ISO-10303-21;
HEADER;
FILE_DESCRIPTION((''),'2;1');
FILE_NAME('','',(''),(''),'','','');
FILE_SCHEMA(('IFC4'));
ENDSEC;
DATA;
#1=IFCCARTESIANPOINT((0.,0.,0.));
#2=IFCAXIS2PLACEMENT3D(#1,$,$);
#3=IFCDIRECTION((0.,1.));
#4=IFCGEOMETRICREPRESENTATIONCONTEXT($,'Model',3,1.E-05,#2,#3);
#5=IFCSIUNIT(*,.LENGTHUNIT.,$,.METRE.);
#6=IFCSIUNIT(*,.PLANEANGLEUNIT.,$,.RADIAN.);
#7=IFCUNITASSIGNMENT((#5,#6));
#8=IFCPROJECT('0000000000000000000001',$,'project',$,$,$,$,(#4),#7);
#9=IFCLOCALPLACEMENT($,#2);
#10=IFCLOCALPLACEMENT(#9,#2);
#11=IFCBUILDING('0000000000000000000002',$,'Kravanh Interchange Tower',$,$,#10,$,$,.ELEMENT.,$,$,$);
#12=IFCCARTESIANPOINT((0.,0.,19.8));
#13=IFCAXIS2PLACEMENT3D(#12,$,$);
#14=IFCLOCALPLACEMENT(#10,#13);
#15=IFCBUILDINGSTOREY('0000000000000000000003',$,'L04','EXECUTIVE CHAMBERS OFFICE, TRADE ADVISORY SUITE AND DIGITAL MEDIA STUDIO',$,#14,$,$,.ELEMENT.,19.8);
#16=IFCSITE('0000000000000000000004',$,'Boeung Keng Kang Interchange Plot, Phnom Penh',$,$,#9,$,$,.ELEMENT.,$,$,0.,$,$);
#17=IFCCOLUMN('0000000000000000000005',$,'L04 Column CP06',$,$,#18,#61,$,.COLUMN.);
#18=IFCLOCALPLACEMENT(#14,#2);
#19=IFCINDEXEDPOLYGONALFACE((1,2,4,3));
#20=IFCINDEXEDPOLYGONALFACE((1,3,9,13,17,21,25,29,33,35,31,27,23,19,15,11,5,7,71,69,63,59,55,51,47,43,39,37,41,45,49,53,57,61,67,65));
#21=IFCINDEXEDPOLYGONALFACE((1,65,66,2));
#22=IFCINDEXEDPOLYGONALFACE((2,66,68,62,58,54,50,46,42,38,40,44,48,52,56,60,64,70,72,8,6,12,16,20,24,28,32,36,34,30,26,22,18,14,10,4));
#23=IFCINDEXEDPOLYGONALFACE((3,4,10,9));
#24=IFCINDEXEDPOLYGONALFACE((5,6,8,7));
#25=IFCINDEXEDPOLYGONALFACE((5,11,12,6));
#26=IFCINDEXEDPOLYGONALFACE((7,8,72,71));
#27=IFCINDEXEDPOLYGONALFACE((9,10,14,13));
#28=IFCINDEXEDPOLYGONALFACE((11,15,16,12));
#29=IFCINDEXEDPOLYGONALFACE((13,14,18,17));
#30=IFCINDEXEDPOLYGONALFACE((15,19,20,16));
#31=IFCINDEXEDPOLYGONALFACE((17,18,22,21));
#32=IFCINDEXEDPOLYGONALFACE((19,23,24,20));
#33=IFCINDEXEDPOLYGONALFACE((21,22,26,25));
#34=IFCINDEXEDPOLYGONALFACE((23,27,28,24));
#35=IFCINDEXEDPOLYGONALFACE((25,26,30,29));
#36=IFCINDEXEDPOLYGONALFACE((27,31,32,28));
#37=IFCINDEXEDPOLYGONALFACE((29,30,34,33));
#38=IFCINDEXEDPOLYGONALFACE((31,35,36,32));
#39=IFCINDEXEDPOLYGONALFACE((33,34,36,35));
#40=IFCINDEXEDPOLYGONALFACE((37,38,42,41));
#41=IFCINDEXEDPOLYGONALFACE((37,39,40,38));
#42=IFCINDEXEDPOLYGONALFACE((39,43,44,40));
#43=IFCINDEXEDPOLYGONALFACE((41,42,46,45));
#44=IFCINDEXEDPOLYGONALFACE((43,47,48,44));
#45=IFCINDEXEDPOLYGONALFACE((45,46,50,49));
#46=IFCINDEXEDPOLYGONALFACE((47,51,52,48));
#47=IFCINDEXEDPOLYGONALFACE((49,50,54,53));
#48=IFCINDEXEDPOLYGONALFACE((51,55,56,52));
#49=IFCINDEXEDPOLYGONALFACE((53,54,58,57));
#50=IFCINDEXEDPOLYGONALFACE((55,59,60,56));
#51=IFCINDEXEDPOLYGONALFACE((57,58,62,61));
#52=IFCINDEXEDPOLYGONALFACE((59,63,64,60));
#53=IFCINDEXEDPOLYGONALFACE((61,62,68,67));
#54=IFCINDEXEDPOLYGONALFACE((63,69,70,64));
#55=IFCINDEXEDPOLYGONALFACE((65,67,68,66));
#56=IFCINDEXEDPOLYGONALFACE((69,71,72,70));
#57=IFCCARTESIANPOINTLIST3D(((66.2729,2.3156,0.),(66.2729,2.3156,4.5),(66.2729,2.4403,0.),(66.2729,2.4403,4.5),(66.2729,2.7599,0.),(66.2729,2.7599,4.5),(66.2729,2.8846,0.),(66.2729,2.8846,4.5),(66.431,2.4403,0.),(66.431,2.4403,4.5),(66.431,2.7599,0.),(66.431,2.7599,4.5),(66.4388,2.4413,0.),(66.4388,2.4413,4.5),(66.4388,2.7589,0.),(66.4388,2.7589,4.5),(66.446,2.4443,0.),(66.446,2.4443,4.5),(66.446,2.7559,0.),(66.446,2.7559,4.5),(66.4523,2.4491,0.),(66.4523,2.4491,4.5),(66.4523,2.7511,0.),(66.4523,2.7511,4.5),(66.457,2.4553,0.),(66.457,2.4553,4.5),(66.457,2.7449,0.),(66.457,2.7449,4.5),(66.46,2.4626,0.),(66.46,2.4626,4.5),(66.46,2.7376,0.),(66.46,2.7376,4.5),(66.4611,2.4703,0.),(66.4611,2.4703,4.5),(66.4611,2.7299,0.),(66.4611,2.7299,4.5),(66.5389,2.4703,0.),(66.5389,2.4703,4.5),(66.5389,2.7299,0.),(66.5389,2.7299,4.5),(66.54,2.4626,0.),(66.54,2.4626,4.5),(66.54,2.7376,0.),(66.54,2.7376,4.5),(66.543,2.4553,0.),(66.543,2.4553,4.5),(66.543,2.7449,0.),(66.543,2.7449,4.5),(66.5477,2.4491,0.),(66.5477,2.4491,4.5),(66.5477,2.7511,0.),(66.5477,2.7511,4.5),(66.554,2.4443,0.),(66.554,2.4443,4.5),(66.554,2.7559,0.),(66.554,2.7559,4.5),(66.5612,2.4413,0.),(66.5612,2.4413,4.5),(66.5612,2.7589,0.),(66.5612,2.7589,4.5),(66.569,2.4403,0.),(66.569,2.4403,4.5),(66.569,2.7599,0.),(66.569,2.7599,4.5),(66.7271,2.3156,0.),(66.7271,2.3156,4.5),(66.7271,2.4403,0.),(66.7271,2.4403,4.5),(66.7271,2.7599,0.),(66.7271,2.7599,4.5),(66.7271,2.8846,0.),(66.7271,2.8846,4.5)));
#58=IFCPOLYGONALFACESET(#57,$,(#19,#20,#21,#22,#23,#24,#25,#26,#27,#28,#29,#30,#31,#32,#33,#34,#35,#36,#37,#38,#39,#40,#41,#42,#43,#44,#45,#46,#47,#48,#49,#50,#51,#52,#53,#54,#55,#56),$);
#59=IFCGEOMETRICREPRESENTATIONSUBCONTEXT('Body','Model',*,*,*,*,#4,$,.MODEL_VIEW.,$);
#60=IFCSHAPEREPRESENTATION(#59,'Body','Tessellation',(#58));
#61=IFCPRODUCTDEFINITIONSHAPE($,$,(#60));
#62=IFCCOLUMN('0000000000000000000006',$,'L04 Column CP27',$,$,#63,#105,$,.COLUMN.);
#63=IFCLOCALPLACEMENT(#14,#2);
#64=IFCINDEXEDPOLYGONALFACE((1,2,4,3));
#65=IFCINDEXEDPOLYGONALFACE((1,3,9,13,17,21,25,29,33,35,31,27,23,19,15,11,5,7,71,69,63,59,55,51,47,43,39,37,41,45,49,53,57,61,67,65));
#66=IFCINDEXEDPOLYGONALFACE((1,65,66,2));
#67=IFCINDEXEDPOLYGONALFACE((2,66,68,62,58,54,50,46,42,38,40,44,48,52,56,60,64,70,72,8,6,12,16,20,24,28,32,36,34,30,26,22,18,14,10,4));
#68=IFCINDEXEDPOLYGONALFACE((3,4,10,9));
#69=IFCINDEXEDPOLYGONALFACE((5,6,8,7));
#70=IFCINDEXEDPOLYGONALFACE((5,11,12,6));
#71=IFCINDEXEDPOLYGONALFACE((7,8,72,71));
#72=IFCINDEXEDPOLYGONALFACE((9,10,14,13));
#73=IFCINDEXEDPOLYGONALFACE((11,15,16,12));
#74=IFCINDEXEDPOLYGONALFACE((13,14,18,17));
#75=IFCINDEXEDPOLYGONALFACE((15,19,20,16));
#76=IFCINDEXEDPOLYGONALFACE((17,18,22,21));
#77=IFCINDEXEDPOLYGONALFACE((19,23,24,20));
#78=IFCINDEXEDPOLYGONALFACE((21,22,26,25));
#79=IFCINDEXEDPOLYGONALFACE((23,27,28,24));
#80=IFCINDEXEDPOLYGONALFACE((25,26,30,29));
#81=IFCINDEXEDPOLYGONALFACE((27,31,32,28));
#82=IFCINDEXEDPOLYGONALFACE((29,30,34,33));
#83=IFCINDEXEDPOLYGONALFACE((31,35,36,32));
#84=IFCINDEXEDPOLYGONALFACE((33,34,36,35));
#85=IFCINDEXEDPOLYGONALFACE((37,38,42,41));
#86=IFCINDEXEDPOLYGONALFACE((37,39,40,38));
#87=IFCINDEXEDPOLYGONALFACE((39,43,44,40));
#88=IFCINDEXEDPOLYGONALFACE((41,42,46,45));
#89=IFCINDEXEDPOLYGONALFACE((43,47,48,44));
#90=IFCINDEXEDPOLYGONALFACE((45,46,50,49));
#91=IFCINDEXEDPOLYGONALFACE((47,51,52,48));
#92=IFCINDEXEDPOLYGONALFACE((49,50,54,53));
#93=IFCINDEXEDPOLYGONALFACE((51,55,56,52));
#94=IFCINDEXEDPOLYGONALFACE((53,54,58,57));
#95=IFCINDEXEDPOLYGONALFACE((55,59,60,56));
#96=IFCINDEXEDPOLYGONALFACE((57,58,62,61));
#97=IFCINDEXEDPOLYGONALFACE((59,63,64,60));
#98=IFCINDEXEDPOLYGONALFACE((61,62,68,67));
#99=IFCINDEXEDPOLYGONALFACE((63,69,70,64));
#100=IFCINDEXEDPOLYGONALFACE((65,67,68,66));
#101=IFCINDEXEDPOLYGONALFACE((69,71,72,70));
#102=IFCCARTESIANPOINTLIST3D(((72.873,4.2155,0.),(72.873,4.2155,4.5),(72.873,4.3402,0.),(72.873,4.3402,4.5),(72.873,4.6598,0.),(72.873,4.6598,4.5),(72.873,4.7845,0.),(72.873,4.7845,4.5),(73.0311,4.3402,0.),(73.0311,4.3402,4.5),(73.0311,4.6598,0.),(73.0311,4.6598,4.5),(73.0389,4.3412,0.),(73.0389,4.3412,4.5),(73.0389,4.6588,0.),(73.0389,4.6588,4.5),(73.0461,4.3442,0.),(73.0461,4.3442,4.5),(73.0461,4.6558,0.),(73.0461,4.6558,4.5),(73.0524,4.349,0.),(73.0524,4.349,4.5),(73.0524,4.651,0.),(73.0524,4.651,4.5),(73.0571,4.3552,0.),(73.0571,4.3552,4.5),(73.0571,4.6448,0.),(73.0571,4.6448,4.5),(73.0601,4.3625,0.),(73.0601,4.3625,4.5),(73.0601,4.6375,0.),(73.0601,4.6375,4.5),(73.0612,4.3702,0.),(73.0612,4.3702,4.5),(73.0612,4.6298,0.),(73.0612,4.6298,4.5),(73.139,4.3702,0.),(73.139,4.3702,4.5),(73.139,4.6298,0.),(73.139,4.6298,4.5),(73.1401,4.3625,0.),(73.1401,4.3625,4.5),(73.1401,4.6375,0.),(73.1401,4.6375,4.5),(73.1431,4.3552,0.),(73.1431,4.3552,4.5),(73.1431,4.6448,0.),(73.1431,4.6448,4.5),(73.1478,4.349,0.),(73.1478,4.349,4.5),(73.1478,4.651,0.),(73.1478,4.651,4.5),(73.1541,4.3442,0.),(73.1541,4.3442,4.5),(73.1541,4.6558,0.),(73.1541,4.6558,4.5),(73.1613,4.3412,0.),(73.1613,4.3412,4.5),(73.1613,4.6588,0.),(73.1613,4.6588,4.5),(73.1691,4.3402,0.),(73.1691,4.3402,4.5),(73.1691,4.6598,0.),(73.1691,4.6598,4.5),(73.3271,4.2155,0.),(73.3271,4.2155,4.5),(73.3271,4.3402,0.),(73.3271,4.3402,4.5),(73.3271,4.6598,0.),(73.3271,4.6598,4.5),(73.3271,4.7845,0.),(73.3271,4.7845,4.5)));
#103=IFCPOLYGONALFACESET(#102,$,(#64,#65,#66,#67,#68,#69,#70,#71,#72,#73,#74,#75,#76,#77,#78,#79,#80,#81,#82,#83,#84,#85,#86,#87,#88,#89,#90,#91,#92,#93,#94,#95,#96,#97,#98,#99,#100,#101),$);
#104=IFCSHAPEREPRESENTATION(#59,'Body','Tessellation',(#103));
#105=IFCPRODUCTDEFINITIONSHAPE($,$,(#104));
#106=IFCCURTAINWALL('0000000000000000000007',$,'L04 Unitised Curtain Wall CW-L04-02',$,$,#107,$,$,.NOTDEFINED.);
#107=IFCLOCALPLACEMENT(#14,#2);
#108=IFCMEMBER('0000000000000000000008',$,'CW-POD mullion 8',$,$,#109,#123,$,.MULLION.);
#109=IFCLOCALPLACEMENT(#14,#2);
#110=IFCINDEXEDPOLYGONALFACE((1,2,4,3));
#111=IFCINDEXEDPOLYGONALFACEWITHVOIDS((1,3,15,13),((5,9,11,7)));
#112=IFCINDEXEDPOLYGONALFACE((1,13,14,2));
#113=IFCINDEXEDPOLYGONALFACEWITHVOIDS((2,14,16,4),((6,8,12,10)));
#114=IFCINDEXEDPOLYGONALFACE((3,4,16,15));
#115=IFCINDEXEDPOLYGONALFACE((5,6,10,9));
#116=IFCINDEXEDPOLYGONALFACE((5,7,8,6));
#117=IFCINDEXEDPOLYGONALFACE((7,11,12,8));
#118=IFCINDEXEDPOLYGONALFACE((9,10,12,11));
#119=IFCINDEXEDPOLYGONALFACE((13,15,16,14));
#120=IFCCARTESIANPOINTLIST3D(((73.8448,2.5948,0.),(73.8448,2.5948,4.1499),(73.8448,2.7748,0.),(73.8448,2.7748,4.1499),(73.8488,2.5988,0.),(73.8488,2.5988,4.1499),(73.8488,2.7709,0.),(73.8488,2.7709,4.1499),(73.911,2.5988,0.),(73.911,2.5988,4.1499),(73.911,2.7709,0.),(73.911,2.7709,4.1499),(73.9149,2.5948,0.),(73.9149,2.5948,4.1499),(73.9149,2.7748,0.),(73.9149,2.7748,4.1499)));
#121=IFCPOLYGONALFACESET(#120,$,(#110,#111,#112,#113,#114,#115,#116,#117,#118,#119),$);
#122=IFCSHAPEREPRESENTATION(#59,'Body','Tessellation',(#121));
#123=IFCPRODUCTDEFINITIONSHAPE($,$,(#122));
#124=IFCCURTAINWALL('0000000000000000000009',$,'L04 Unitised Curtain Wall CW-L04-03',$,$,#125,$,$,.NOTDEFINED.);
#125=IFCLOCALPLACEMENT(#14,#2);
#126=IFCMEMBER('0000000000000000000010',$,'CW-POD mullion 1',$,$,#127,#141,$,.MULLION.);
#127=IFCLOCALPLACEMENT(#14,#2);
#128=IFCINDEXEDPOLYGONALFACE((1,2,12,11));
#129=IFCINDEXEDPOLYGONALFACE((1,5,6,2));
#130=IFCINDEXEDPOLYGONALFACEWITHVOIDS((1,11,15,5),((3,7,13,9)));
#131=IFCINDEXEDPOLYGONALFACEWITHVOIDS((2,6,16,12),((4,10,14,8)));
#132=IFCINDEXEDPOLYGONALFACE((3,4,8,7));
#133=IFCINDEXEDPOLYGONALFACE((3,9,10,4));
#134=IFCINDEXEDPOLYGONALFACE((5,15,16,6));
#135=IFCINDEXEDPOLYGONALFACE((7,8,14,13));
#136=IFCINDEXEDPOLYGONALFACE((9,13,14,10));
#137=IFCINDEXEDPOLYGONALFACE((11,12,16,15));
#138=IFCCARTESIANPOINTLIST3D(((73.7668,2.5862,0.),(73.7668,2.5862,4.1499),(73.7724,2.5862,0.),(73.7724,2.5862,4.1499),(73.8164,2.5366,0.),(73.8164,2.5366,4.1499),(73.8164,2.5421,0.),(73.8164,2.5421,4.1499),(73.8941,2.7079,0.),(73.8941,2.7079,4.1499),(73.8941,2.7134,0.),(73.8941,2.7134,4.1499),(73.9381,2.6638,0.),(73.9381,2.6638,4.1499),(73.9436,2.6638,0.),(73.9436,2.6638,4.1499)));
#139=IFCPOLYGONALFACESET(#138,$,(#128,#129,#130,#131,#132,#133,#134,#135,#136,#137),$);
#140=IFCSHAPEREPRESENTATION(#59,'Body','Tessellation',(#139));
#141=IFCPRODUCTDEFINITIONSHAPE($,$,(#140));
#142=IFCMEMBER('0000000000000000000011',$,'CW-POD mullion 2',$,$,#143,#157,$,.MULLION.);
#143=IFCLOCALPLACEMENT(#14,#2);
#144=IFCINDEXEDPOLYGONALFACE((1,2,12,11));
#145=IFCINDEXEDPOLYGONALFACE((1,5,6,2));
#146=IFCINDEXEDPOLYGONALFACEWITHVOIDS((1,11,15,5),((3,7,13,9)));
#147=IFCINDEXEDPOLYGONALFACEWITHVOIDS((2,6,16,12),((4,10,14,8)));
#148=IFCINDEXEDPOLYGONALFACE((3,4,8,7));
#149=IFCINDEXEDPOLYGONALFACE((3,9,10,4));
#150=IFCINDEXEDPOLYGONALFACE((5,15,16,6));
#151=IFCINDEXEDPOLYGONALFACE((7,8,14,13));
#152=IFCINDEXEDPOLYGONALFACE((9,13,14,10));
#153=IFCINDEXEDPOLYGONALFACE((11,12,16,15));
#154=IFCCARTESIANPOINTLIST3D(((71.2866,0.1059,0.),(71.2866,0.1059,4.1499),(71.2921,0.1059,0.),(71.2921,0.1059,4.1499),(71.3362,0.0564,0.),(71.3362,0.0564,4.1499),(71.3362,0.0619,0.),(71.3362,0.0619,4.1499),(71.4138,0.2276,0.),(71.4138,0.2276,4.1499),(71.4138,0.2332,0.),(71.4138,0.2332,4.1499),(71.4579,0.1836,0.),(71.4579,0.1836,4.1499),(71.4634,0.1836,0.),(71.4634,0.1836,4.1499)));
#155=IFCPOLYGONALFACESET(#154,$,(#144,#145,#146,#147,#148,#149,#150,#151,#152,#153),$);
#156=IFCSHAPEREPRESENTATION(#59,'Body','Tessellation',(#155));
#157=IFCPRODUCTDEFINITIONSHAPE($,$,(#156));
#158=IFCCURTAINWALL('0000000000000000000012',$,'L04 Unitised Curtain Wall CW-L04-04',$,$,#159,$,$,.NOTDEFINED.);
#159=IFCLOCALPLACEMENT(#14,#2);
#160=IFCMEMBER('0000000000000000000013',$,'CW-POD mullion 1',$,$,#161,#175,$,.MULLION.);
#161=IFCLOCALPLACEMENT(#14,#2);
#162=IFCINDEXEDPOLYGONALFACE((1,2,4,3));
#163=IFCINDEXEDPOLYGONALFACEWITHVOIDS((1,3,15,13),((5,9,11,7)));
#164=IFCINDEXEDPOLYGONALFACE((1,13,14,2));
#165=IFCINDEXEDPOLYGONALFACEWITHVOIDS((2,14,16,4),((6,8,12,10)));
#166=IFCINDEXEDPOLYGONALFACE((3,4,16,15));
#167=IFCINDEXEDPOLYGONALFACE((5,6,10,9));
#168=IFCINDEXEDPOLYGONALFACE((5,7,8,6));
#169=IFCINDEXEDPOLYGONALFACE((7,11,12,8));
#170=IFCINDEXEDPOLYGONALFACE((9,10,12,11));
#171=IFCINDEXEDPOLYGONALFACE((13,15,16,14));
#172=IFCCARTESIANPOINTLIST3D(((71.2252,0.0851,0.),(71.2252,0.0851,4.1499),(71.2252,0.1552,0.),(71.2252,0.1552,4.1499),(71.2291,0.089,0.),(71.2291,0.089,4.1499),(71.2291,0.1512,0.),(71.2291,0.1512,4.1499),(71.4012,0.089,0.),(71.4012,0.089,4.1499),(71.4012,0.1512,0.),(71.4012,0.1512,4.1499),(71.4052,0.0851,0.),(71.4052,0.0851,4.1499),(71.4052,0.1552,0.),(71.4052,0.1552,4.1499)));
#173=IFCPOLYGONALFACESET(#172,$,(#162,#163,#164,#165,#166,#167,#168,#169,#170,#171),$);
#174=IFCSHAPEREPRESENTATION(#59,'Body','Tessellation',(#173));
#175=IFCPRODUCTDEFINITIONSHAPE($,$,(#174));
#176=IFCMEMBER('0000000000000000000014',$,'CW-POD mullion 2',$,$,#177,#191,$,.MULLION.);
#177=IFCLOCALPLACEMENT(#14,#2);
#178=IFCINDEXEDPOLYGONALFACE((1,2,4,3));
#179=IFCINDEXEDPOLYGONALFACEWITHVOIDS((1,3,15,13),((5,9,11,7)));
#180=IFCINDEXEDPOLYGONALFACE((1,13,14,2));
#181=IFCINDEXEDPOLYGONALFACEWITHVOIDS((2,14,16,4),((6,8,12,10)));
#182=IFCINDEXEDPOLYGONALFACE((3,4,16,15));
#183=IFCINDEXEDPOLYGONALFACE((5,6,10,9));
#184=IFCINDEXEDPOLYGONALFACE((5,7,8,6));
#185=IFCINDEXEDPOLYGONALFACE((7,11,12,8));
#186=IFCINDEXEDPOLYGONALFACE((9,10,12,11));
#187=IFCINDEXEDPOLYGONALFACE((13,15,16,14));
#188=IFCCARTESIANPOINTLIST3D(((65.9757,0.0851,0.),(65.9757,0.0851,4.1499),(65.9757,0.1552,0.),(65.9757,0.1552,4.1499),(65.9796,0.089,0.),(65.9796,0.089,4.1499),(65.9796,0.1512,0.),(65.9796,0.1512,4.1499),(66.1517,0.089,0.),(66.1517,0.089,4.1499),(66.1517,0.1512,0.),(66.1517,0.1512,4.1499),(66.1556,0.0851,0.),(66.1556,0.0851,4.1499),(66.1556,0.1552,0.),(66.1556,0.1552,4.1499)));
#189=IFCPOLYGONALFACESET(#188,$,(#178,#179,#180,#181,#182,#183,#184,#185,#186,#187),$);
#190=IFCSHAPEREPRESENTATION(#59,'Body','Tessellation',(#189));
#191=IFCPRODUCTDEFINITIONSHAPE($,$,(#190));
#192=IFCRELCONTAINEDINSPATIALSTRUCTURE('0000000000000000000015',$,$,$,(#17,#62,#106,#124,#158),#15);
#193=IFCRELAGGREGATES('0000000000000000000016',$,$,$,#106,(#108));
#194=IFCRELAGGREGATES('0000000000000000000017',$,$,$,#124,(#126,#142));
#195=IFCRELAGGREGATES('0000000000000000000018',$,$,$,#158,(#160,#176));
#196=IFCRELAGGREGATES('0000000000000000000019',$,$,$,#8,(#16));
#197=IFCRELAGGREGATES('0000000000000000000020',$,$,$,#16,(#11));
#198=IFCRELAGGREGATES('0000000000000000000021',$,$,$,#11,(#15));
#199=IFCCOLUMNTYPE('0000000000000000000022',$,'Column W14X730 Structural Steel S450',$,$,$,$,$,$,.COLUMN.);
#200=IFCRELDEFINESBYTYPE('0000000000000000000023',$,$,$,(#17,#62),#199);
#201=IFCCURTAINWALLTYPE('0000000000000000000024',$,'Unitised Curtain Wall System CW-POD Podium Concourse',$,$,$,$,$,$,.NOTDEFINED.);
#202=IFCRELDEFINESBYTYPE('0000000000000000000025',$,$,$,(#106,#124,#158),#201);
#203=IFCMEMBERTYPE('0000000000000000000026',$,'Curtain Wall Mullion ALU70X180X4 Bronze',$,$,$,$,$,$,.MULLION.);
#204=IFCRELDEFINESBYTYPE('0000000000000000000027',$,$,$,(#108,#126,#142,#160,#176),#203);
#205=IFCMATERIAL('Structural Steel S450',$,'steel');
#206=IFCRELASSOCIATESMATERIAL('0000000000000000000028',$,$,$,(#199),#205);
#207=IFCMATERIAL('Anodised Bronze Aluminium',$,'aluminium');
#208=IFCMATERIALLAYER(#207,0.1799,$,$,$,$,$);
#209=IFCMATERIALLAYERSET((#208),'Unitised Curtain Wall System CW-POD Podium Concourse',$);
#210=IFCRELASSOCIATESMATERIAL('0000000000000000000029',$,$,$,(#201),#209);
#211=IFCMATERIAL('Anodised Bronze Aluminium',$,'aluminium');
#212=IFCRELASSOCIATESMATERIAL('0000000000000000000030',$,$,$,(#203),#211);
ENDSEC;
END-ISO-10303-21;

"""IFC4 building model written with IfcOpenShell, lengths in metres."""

from ifc_helpers import new_model, si_unit, direction, frame, origin, origin_2d, place, context, subcontext, project, spatial, hollow_rectangle, i_section, extrude, material, layer, layer_set, material_profile, profile_set, type_object, element, aggregate, save


model = new_model("IFC4")

# Units and contexts
model_context = context("Model", 3, precision=1e-05, world=origin(), true_north=direction((0.0, 1.0)))
body_context = subcontext(model_context, "Body", "Model", "MODEL_VIEW")
ifc_project = project(units=[si_unit("LENGTHUNIT", "METRE"), si_unit("PLANEANGLEUNIT", "RADIAN")], contexts=[model_context])

# Site, building, storey
site_placement = place(None, origin())
site = spatial("IfcSite", under=ifc_project, at=site_placement, Name="Boeung Keng Kang Interchange Plot, Phnom Penh", CompositionType="ELEMENT", RefElevation=0.0)
building_placement = place(site_placement, origin())
building = spatial("IfcBuilding", under=site, at=building_placement, Name="Kravanh Interchange Tower", CompositionType="ELEMENT")
storey_placement = place(building_placement, frame((0.0, 0.0, 19.8)))
storey = spatial("IfcBuildingStorey", under=building, at=storey_placement, Name="L04", Description="EXECUTIVE CHAMBERS OFFICE, TRADE ADVISORY SUITE AND DIGITAL MEDIA STUDIO", CompositionType="ELEMENT", Elevation=19.8)

# Columns
ifc_material_1 = material(Name="Structural Steel S450", Category="steel")
ifc_material_profile_1 = material_profile(ifc_material_1, i_section(OverallWidth=0.4541, OverallDepth=0.5691, WebThickness=0.0779, FlangeThickness=0.1248, FilletRadius=0.03, at=origin_2d()), Name="W14X730")
ifc_profile_set_1 = profile_set([ifc_material_profile_1], Name="Structural Steel S450")
column_type = type_object("IfcColumnType", Name="Column W14X730 Structural Steel S450", PredefinedType="COLUMN", material=ifc_profile_set_1)
for number, where, z_axis, x_axis, name in (
    (1, (66.5, 2.6001, 0.0), (0.0, 0.0, 1.0), (1.0, 0.0, 0.0), "L04 Column CP06"),
    (2, (73.1001, 4.5, 0.0), (0.0, 0.0, 1.0), (1.0, 0.0, 0.0), "L04 Column CP27"),
):
    element("IfcColumn", number, at=place(storey_placement, frame(where, z_axis=z_axis, x_axis=x_axis)), inside=storey, type_object=column_type, Name=name, PredefinedType="COLUMN", context=body_context, shape_type="SweptSolid", body=[
        extrude(i_section(OverallWidth=0.4541, OverallDepth=0.5691, WebThickness=0.0779, FlangeThickness=0.1248, FilletRadius=0.03, at=origin_2d()), origin(), (0.0, 0.0, 1.0), 4.5),
    ])

# Curtain wall, member
ifc_material_2 = material(Name="Anodised Bronze Aluminium", Category="aluminium")
ifc_layer_1 = layer(ifc_material_2, 0.1799)
ifc_layer_set_1 = layer_set([ifc_layer_1], Name="Unitised Curtain Wall System CW-POD Podium Concourse")
curtain_wall_type = type_object("IfcCurtainWallType", Name="Unitised Curtain Wall System CW-POD Podium Concourse", PredefinedType="NOTDEFINED", material=ifc_layer_set_1)
curtain_wall_1_placement = place(storey_placement, origin())
curtain_wall_1 = element("IfcCurtainWall", 3, at=curtain_wall_1_placement, inside=storey, type_object=curtain_wall_type, Name="L04 Unitised Curtain Wall CW-L04-02", PredefinedType="NOTDEFINED")
ifc_material_3 = material(Name="Anodised Bronze Aluminium", Category="aluminium")
ifc_material_profile_2 = material_profile(ifc_material_3, hollow_rectangle(XDim=0.0701, YDim=0.1799, WallThickness=0.0039, at=origin_2d()), Name="ALU70X180X4")
ifc_profile_set_2 = profile_set([ifc_material_profile_2], Name="Anodised Bronze Aluminium")
member_type_1 = type_object("IfcMemberType", Name="Curtain Wall Mullion ALU70X180X4 Bronze", PredefinedType="MULLION", material=ifc_profile_set_2)
member_1_placement = place(storey_placement, frame((73.8799, 2.6848, 0.0), z_axis=(0.0, 0.0, 1.0), x_axis=(1.0, 0.0, 0.0)))
member_1 = element("IfcMember", 4, at=member_1_placement, type_object=member_type_1, Name="CW-POD mullion 8", PredefinedType="MULLION", context=body_context, shape_type="SweptSolid", body=[
    extrude(hollow_rectangle(XDim=0.0701, YDim=0.1799, WallThickness=0.0039, at=origin_2d()), origin(), (0.0, 0.0, 1.0), 4.1499),
])

# Curtain walls, members
curtain_wall_2_placement = place(storey_placement, origin())
curtain_wall_2 = element("IfcCurtainWall", 5, at=curtain_wall_2_placement, inside=storey, type_object=curtain_wall_type, Name="L04 Unitised Curtain Wall CW-L04-03", PredefinedType="NOTDEFINED")
member_2_placement = place(storey_placement, frame((73.8552, 2.625, 0.0), z_axis=(0.0, 0.0, 1.0), x_axis=(0.707107, -0.707107, 0.0)))
member_2 = element("IfcMember", 6, at=member_2_placement, type_object=member_type_1, Name="CW-POD mullion 1", PredefinedType="MULLION", context=body_context, shape_type="SweptSolid", body=[
    extrude(hollow_rectangle(XDim=0.0701, YDim=0.1799, WallThickness=0.0039, at=origin_2d()), origin(), (0.0, 0.0, 1.0), 4.1499),
])
member_3_placement = place(storey_placement, frame((71.375, 0.1448, 0.0), z_axis=(0.0, 0.0, 1.0), x_axis=(0.707107, -0.707107, 0.0)))
member_3 = element("IfcMember", 7, at=member_3_placement, type_object=member_type_1, Name="CW-POD mullion 2", PredefinedType="MULLION", context=body_context, shape_type="SweptSolid", body=[
    extrude(hollow_rectangle(XDim=0.0701, YDim=0.1799, WallThickness=0.0039, at=origin_2d()), origin(), (0.0, 0.0, 1.0), 4.1499),
])
curtain_wall_3_placement = place(storey_placement, origin())
curtain_wall_3 = element("IfcCurtainWall", 8, at=curtain_wall_3_placement, inside=storey, type_object=curtain_wall_type, Name="L04 Unitised Curtain Wall CW-L04-04", PredefinedType="NOTDEFINED")
member_4_placement = place(storey_placement, frame((71.3152, 0.1201, 0.0), z_axis=(0.0, 0.0, 1.0), x_axis=(0.0, -1.0, 0.0)))
member_4 = element("IfcMember", 9, at=member_4_placement, type_object=member_type_1, Name="CW-POD mullion 1", PredefinedType="MULLION", context=body_context, shape_type="SweptSolid", body=[
    extrude(hollow_rectangle(XDim=0.0701, YDim=0.1799, WallThickness=0.0039, at=origin_2d()), origin(), (0.0, 0.0, 1.0), 4.1499),
])
member_5_placement = place(storey_placement, frame((66.0657, 0.1201, 0.0), z_axis=(0.0, 0.0, 1.0), x_axis=(0.0, -1.0, 0.0)))
member_5 = element("IfcMember", 10, at=member_5_placement, type_object=member_type_1, Name="CW-POD mullion 2", PredefinedType="MULLION", context=body_context, shape_type="SweptSolid", body=[
    extrude(hollow_rectangle(XDim=0.0701, YDim=0.1799, WallThickness=0.0039, at=origin_2d()), origin(), (0.0, 0.0, 1.0), 4.1499),
])

aggregate(curtain_wall_1, [member_1])
aggregate(curtain_wall_2, [member_2, member_3])
aggregate(curtain_wall_3, [member_4, member_5])

save(model, "model.ifc")
